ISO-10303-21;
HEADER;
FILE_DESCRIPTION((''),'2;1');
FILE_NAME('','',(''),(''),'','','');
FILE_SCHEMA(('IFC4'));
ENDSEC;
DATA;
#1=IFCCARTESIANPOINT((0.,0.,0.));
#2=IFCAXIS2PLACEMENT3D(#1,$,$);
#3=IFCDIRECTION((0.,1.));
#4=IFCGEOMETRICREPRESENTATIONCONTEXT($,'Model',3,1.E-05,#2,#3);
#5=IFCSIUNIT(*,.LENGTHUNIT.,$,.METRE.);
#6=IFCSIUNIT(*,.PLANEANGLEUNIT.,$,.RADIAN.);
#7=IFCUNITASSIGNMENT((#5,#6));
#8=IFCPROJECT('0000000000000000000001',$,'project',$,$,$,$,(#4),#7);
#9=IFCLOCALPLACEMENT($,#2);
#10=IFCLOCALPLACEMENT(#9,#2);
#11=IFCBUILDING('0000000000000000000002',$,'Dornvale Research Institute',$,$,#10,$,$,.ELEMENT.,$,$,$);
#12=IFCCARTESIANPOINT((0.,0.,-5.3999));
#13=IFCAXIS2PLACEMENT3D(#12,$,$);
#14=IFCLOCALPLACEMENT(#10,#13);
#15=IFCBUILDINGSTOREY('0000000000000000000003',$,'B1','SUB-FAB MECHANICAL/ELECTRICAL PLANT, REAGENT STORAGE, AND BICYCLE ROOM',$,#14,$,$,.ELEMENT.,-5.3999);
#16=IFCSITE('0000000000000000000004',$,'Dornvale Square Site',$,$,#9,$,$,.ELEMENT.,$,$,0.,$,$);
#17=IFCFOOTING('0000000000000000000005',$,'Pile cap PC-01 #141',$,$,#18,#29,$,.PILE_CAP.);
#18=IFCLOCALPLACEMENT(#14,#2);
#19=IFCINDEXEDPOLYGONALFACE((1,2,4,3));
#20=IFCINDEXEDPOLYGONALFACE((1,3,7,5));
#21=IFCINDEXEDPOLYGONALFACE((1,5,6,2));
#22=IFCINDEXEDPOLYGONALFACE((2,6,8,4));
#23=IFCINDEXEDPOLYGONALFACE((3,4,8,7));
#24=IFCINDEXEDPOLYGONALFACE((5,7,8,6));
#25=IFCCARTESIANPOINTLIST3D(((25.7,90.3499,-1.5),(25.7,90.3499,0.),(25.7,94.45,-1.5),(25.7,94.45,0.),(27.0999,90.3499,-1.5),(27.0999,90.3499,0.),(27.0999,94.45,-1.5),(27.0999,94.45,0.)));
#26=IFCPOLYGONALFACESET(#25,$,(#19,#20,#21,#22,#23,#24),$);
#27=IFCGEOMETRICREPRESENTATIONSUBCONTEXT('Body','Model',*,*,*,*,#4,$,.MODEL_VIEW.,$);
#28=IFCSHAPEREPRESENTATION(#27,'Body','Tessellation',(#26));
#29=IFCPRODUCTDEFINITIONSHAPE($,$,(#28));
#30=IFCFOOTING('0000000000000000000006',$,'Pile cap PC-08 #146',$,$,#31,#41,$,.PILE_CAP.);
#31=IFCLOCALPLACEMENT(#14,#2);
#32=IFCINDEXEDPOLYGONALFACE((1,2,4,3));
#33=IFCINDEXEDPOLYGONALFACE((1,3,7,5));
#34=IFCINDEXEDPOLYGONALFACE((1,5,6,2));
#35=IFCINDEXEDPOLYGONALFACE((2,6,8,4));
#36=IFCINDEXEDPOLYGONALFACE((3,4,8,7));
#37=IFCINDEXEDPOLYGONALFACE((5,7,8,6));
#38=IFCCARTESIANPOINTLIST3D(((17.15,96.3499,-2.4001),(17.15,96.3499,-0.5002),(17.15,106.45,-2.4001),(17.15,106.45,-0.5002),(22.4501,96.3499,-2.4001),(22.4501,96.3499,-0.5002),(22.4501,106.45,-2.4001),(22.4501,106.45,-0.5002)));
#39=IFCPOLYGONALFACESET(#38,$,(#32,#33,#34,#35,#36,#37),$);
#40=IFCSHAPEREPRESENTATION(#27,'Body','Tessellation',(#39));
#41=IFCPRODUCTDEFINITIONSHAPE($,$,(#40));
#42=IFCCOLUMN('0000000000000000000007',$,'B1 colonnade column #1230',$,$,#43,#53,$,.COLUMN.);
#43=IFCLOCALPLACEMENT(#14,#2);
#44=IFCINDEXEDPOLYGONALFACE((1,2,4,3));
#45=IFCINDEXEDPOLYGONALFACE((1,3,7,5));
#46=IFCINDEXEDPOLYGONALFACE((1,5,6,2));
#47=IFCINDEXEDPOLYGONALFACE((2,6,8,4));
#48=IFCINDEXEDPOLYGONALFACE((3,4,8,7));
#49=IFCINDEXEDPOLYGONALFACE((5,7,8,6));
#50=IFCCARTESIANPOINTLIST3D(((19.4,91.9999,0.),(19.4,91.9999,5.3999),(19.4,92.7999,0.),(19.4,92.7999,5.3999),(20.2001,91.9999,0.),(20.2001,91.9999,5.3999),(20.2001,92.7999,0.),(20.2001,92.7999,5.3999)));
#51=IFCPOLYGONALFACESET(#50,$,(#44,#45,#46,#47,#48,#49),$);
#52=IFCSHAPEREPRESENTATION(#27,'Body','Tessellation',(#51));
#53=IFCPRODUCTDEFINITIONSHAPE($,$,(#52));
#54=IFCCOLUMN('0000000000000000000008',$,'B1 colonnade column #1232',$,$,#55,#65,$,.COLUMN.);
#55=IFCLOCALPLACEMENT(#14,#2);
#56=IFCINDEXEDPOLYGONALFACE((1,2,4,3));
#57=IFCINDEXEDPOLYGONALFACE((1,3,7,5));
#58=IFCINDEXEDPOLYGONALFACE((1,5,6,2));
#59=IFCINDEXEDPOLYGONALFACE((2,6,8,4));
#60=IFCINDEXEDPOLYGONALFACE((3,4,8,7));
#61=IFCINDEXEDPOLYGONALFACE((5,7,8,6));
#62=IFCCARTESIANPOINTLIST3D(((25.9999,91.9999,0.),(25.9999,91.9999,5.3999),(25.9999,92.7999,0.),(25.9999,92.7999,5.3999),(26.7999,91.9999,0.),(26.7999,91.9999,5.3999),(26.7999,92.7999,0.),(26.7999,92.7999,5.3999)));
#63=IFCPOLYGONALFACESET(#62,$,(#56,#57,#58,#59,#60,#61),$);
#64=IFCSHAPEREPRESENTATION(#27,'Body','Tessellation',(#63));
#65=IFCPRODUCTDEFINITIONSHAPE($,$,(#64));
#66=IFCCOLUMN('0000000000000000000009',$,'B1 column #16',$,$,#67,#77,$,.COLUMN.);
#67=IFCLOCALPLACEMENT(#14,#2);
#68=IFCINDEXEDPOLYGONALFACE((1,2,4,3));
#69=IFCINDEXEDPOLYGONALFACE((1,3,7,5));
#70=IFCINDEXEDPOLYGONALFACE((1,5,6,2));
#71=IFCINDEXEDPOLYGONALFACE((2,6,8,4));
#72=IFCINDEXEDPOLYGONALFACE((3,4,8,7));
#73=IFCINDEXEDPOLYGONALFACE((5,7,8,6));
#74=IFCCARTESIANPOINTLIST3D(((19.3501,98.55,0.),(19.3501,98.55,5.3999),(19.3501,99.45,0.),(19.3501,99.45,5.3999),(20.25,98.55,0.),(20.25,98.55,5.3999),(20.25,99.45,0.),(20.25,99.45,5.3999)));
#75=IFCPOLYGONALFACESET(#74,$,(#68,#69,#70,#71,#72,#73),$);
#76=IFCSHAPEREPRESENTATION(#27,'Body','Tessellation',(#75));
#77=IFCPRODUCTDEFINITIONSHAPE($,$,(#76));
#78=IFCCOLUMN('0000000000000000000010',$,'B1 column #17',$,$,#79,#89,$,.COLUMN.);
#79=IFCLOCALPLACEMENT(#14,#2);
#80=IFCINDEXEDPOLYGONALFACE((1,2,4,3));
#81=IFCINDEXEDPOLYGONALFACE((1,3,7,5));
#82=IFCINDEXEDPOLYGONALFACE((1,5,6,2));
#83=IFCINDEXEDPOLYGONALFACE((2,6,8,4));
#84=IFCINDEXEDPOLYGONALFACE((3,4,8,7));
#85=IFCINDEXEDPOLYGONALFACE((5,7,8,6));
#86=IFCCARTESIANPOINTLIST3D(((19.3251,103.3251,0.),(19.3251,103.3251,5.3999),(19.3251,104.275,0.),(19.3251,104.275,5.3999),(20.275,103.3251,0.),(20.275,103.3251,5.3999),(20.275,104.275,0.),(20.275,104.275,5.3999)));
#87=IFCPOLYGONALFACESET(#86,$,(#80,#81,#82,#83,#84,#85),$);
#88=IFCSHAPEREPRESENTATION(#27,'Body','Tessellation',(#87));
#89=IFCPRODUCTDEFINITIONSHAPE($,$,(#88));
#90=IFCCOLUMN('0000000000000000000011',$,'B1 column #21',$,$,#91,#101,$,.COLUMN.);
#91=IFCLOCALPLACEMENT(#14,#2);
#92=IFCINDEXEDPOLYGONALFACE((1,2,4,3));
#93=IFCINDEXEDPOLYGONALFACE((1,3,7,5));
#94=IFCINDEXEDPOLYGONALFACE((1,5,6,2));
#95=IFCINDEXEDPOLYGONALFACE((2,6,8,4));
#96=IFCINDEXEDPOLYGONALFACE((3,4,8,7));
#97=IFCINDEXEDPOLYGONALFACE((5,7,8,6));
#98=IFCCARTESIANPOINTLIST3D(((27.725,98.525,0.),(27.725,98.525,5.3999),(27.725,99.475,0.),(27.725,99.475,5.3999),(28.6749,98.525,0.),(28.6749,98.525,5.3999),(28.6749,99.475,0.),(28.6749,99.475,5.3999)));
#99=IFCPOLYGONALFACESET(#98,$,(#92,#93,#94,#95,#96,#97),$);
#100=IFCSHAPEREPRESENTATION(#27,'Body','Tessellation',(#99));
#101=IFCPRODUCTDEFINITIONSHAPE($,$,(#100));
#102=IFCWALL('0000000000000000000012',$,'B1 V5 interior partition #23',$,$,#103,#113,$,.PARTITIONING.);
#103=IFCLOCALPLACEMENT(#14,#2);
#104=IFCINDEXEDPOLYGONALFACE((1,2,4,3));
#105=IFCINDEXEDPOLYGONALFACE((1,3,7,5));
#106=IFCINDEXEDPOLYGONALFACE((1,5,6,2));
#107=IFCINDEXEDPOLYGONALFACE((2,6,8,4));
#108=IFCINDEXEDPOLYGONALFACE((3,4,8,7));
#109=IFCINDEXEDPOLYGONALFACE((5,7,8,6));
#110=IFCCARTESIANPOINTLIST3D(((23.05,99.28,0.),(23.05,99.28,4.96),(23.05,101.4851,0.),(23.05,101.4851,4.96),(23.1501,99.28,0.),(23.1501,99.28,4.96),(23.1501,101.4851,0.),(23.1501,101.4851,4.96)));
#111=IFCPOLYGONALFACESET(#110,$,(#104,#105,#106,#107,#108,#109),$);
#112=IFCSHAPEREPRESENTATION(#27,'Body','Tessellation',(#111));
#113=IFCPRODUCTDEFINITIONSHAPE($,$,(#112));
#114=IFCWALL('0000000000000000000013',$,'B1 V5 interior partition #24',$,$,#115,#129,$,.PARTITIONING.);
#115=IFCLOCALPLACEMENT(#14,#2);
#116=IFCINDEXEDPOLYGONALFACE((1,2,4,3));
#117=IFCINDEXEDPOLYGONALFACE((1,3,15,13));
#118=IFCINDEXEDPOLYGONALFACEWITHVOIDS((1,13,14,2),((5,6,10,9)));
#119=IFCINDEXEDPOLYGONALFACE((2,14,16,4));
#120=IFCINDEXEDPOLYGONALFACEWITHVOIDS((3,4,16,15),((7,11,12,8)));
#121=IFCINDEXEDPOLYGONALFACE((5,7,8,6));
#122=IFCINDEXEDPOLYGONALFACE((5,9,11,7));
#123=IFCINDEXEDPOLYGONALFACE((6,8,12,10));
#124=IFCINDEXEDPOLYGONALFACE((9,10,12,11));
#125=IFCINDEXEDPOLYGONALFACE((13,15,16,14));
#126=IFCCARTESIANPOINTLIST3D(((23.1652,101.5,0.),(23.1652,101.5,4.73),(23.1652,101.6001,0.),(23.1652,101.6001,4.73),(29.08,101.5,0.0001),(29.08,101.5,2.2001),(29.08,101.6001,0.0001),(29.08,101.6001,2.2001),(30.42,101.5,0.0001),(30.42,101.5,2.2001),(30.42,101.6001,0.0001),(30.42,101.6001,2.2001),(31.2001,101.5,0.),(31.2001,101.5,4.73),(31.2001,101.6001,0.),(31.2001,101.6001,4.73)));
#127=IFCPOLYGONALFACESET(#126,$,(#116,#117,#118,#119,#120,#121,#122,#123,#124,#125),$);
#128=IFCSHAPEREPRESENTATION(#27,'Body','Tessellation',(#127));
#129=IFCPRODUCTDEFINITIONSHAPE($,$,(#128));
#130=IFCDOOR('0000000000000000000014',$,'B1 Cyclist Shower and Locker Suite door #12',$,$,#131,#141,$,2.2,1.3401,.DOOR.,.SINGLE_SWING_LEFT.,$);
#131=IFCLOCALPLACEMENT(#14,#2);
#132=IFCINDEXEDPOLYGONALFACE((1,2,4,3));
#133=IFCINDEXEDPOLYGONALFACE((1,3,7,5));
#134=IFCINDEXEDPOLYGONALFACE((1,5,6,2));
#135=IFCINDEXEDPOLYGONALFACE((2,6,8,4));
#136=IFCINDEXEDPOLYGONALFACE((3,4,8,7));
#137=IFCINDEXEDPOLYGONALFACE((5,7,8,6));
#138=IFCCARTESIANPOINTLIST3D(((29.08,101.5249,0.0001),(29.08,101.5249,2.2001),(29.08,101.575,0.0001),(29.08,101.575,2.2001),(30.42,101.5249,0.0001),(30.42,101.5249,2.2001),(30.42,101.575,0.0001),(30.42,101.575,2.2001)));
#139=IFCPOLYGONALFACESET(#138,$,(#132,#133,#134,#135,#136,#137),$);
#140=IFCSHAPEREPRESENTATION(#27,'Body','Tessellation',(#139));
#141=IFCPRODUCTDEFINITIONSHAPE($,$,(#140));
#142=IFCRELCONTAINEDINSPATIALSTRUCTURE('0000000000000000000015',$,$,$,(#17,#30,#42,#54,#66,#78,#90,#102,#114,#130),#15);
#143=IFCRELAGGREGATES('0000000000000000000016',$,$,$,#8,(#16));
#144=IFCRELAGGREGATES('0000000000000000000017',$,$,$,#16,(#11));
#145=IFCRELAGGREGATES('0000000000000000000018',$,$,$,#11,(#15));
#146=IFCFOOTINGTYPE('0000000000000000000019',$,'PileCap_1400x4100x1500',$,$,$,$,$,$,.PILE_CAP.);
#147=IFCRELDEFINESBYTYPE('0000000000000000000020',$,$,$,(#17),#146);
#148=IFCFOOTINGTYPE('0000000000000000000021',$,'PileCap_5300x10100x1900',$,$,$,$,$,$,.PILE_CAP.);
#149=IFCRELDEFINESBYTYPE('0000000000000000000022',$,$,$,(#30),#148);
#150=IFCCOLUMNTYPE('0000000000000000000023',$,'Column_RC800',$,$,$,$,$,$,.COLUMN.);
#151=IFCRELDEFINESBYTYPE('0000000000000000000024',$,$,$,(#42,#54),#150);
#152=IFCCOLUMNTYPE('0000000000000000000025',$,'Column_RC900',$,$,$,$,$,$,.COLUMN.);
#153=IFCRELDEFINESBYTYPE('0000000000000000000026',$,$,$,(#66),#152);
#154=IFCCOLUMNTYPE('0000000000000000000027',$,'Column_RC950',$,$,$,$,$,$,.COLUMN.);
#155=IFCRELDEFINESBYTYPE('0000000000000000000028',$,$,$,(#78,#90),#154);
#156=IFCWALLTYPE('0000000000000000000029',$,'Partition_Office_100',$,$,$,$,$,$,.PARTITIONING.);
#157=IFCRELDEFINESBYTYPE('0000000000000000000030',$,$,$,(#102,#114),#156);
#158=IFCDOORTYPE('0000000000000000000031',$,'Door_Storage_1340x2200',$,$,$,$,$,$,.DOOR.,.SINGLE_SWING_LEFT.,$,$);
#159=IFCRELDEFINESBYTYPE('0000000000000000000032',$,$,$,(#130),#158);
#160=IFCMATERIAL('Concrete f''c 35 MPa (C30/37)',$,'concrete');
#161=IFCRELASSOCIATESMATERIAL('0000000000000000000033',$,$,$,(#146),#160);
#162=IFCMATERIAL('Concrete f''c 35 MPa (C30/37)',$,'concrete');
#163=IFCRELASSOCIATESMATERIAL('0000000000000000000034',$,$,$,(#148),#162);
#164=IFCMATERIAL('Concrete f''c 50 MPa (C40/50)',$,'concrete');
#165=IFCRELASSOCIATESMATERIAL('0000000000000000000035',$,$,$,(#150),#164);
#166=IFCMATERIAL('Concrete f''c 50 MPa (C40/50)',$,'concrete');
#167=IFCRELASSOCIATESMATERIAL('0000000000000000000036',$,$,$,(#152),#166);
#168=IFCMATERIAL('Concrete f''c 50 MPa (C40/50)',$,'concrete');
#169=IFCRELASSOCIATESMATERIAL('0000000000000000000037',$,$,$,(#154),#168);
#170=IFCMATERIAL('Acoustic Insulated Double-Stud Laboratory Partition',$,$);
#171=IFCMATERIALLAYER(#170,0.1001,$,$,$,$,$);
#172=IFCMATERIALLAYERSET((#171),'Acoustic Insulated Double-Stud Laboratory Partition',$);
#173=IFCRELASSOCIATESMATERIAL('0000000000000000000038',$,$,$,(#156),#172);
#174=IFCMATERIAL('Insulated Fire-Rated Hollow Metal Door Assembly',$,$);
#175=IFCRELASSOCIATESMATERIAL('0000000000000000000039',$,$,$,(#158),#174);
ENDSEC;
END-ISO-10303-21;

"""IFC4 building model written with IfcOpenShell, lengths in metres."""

from ifc_helpers import new_model, si_unit, direction, frame, frame_2d, origin, origin_2d, place, context, subcontext, project, spatial, rectangle, extrude, material, layer, layer_set, material_profile, profile_set, type_object, element, fill, save


model = new_model("IFC4")

# Units and contexts
model_context = context("Model", 3, precision=1e-05, world=origin(), true_north=direction((0.0, 1.0)))
body_context = subcontext(model_context, "Body", "Model", "MODEL_VIEW")
ifc_project = project(units=[si_unit("LENGTHUNIT", "METRE"), si_unit("PLANEANGLEUNIT", "RADIAN")], contexts=[model_context])

# Site, building, storey
site_placement = place(None, origin())
site = spatial("IfcSite", under=ifc_project, at=site_placement, Name="Dornvale Square Site", CompositionType="ELEMENT", RefElevation=0.0)
building_placement = place(site_placement, origin())
building = spatial("IfcBuilding", under=site, at=building_placement, Name="Dornvale Research Institute", CompositionType="ELEMENT")
storey_placement = place(building_placement, frame((0.0, 0.0, -5.3999)))
storey = spatial("IfcBuildingStorey", under=building, at=storey_placement, Name="B1", Description="SUB-FAB MECHANICAL/ELECTRICAL PLANT, REAGENT STORAGE, AND BICYCLE ROOM", CompositionType="ELEMENT", Elevation=-5.3999)

# Footings
ifc_material_1 = material(Name="Concrete f'c 35 MPa (C30/37)", Category="concrete")
footing_type_1 = type_object("IfcFootingType", Name="PileCap_1400x4100x1500", PredefinedType="PILE_CAP", material=ifc_material_1)
for number, where, z_axis, x_axis, name in (
    (1, (26.3999, 92.3999, -1.5), (0.0, 0.0, 1.0), (1.0, 0.0, 0.0), "Pile cap PC-01 #141"),
):
    element("IfcFooting", number, at=place(storey_placement, frame(where, z_axis=z_axis, x_axis=x_axis)), inside=storey, type_object=footing_type_1, Name=name, PredefinedType="PILE_CAP", context=body_context, shape_type="SweptSolid", body=[
        extrude(rectangle(XDim=1.3999, YDim=4.1001, at=origin_2d()), origin(), (0.0, 0.0, 1.0), 1.5),
    ])
ifc_material_2 = material(Name="Concrete f'c 35 MPa (C30/37)", Category="concrete")
footing_type_2 = type_object("IfcFootingType", Name="PileCap_5300x10100x1900", PredefinedType="PILE_CAP", material=ifc_material_2)
footing_1_placement = place(storey_placement, frame((19.8, 101.3999, -2.4001), z_axis=(0.0, 0.0, 1.0), x_axis=(1.0, 0.0, 0.0)))
element("IfcFooting", 2, at=footing_1_placement, inside=storey, type_object=footing_type_2, Name="Pile cap PC-08 #146", PredefinedType="PILE_CAP", context=body_context, shape_type="SweptSolid", body=[
    extrude(rectangle(XDim=5.3, YDim=10.1001, at=origin_2d()), origin(), (0.0, 0.0, 1.0), 1.8999),
])

# Columns
ifc_material_3 = material(Name="Concrete f'c 50 MPa (C40/50)", Category="concrete")
ifc_material_profile_1 = material_profile(ifc_material_3, rectangle(XDim=0.8, YDim=0.8, at=origin_2d()), Name="RC 800x800")
ifc_profile_set_1 = profile_set([ifc_material_profile_1], Name="Concrete f'c 50 MPa (C40/50)")
column_type_1 = type_object("IfcColumnType", Name="Column_RC800", PredefinedType="COLUMN", material=ifc_profile_set_1)
for number, where, z_axis, x_axis, name in (
    (3, (19.8, 92.3999, 0.0), (0.0, 0.0, 1.0), (1.0, 0.0, 0.0), "B1 colonnade column #1230"),
    (4, (26.3999, 92.3999, 0.0), (0.0, 0.0, 1.0), (1.0, 0.0, 0.0), "B1 colonnade column #1232"),
):
    element("IfcColumn", number, at=place(storey_placement, frame(where, z_axis=z_axis, x_axis=x_axis)), inside=storey, type_object=column_type_1, Name=name, PredefinedType="COLUMN", context=body_context, shape_type="SweptSolid", body=[
        extrude(rectangle(XDim=0.8, YDim=0.8, at=origin_2d()), origin(), (0.0, 0.0, 1.0), 5.3999),
    ])
ifc_material_4 = material(Name="Concrete f'c 50 MPa (C40/50)", Category="concrete")
ifc_material_profile_2 = material_profile(ifc_material_4, rectangle(XDim=0.8999, YDim=0.8999, at=origin_2d()), Name="RC 900x900")
ifc_profile_set_2 = profile_set([ifc_material_profile_2], Name="Concrete f'c 50 MPa (C40/50)")
column_type_2 = type_object("IfcColumnType", Name="Column_RC900", PredefinedType="COLUMN", material=ifc_profile_set_2)
column_placement = place(storey_placement, frame((19.8, 99.0, 0.0), z_axis=(0.0, 0.0, 1.0), x_axis=(1.0, 0.0, 0.0)))
element("IfcColumn", 5, at=column_placement, inside=storey, type_object=column_type_2, Name="B1 column #16", PredefinedType="COLUMN", context=body_context, shape_type="SweptSolid", body=[
    extrude(rectangle(XDim=0.8999, YDim=0.8999, at=origin_2d()), origin(), (0.0, 0.0, 1.0), 5.3999),
])
ifc_material_5 = material(Name="Concrete f'c 50 MPa (C40/50)", Category="concrete")
ifc_material_profile_3 = material_profile(ifc_material_5, rectangle(XDim=0.95, YDim=0.95, at=origin_2d()), Name="RC 950x950")
ifc_profile_set_3 = profile_set([ifc_material_profile_3], Name="Concrete f'c 50 MPa (C40/50)")
column_type_3 = type_object("IfcColumnType", Name="Column_RC950", PredefinedType="COLUMN", material=ifc_profile_set_3)
for number, where, z_axis, x_axis, name in (
    (6, (19.8, 103.8, 0.0), (0.0, 0.0, 1.0), (1.0, 0.0, 0.0), "B1 column #17"),
    (7, (28.2, 99.0, 0.0), (0.0, 0.0, 1.0), (1.0, 0.0, 0.0), "B1 column #21"),
):
    element("IfcColumn", number, at=place(storey_placement, frame(where, z_axis=z_axis, x_axis=x_axis)), inside=storey, type_object=column_type_3, Name=name, PredefinedType="COLUMN", context=body_context, shape_type="SweptSolid", body=[
        extrude(rectangle(XDim=0.95, YDim=0.95, at=origin_2d()), origin(), (0.0, 0.0, 1.0), 5.3999),
    ])

# Wall
ifc_material_6 = material(Name="Acoustic Insulated Double-Stud Laboratory Partition")
ifc_layer = layer(ifc_material_6, 0.1001)
ifc_layer_set = layer_set([ifc_layer], Name="Acoustic Insulated Double-Stud Laboratory Partition")
wall_type = type_object("IfcWallType", Name="Partition_Office_100", PredefinedType="PARTITIONING", material=ifc_layer_set)
wall_1_placement = place(storey_placement, frame((23.1001, 99.28, 0.0), z_axis=(0.0, 0.0, 1.0), x_axis=(0.0, 1.0, 0.0)))
element("IfcWall", 8, at=wall_1_placement, inside=storey, type_object=wall_type, Name="B1 V5 interior partition #23", PredefinedType="PARTITIONING", context=body_context, shape_type="SweptSolid", body=[
    extrude(rectangle(XDim=2.2051, YDim=0.1001, at=frame_2d((1.1025, 0.0))), origin(), (0.0, 0.0, 1.0), 4.96),
])

# Wall, opening, door
wall_2_placement = place(storey_placement, frame((23.165, 101.55, 0.0), z_axis=(0.0, 0.0, 1.0), x_axis=(1.0, 0.0, 0.0)))
wall_2 = element("IfcWall", 9, at=wall_2_placement, inside=storey, type_object=wall_type, Name="B1 V5 interior partition #24", PredefinedType="PARTITIONING", context=body_context, shape_type="SweptSolid", body=[
    extrude(rectangle(XDim=8.0349, YDim=0.1001, at=frame_2d((4.0176, 0.0))), origin(), (0.0, 0.0, 1.0), 4.73),
])
opening_placement = place(wall_2_placement, frame((5.915, 0.0, 0.0)))
opening = element("IfcOpeningElement", 10, at=opening_placement, cuts=wall_2, PredefinedType="OPENING", context=body_context, shape_type="SweptSolid", body=[
    extrude(rectangle(XDim=1.3401, YDim=2.2, at=frame_2d((0.6699, 1.1001))), frame((0.0, 0.0649, 0.0), z_axis=(0.0, -1.0, 0.0), x_axis=(1.0, 0.0, 0.0)), (0.0, 0.0, 1.0), 0.1301),
])
ifc_material_7 = material(Name="Insulated Fire-Rated Hollow Metal Door Assembly")
door_type = type_object("IfcDoorType", Name="Door_Storage_1340x2200", OperationType="SINGLE_SWING_LEFT", PredefinedType="DOOR", material=ifc_material_7)
door_placement = place(opening_placement, origin())
door = element("IfcDoor", 11, at=door_placement, inside=storey, type_object=door_type, Name="B1 Cyclist Shower and Locker Suite door #12", OperationType="SINGLE_SWING_LEFT", OverallHeight=2.2, OverallWidth=1.3401, PredefinedType="DOOR", context=body_context, shape_type="SweptSolid", body=[
    extrude(rectangle(XDim=1.3401, YDim=2.2, at=frame_2d((0.6699, 1.1001))), frame((0.0, 0.0249, 0.0), z_axis=(0.0, -1.0, 0.0), x_axis=(1.0, 0.0, 0.0)), (0.0, 0.0, 1.0), 0.05),
])
fill(opening, door)

save(model, "model.ifc")
